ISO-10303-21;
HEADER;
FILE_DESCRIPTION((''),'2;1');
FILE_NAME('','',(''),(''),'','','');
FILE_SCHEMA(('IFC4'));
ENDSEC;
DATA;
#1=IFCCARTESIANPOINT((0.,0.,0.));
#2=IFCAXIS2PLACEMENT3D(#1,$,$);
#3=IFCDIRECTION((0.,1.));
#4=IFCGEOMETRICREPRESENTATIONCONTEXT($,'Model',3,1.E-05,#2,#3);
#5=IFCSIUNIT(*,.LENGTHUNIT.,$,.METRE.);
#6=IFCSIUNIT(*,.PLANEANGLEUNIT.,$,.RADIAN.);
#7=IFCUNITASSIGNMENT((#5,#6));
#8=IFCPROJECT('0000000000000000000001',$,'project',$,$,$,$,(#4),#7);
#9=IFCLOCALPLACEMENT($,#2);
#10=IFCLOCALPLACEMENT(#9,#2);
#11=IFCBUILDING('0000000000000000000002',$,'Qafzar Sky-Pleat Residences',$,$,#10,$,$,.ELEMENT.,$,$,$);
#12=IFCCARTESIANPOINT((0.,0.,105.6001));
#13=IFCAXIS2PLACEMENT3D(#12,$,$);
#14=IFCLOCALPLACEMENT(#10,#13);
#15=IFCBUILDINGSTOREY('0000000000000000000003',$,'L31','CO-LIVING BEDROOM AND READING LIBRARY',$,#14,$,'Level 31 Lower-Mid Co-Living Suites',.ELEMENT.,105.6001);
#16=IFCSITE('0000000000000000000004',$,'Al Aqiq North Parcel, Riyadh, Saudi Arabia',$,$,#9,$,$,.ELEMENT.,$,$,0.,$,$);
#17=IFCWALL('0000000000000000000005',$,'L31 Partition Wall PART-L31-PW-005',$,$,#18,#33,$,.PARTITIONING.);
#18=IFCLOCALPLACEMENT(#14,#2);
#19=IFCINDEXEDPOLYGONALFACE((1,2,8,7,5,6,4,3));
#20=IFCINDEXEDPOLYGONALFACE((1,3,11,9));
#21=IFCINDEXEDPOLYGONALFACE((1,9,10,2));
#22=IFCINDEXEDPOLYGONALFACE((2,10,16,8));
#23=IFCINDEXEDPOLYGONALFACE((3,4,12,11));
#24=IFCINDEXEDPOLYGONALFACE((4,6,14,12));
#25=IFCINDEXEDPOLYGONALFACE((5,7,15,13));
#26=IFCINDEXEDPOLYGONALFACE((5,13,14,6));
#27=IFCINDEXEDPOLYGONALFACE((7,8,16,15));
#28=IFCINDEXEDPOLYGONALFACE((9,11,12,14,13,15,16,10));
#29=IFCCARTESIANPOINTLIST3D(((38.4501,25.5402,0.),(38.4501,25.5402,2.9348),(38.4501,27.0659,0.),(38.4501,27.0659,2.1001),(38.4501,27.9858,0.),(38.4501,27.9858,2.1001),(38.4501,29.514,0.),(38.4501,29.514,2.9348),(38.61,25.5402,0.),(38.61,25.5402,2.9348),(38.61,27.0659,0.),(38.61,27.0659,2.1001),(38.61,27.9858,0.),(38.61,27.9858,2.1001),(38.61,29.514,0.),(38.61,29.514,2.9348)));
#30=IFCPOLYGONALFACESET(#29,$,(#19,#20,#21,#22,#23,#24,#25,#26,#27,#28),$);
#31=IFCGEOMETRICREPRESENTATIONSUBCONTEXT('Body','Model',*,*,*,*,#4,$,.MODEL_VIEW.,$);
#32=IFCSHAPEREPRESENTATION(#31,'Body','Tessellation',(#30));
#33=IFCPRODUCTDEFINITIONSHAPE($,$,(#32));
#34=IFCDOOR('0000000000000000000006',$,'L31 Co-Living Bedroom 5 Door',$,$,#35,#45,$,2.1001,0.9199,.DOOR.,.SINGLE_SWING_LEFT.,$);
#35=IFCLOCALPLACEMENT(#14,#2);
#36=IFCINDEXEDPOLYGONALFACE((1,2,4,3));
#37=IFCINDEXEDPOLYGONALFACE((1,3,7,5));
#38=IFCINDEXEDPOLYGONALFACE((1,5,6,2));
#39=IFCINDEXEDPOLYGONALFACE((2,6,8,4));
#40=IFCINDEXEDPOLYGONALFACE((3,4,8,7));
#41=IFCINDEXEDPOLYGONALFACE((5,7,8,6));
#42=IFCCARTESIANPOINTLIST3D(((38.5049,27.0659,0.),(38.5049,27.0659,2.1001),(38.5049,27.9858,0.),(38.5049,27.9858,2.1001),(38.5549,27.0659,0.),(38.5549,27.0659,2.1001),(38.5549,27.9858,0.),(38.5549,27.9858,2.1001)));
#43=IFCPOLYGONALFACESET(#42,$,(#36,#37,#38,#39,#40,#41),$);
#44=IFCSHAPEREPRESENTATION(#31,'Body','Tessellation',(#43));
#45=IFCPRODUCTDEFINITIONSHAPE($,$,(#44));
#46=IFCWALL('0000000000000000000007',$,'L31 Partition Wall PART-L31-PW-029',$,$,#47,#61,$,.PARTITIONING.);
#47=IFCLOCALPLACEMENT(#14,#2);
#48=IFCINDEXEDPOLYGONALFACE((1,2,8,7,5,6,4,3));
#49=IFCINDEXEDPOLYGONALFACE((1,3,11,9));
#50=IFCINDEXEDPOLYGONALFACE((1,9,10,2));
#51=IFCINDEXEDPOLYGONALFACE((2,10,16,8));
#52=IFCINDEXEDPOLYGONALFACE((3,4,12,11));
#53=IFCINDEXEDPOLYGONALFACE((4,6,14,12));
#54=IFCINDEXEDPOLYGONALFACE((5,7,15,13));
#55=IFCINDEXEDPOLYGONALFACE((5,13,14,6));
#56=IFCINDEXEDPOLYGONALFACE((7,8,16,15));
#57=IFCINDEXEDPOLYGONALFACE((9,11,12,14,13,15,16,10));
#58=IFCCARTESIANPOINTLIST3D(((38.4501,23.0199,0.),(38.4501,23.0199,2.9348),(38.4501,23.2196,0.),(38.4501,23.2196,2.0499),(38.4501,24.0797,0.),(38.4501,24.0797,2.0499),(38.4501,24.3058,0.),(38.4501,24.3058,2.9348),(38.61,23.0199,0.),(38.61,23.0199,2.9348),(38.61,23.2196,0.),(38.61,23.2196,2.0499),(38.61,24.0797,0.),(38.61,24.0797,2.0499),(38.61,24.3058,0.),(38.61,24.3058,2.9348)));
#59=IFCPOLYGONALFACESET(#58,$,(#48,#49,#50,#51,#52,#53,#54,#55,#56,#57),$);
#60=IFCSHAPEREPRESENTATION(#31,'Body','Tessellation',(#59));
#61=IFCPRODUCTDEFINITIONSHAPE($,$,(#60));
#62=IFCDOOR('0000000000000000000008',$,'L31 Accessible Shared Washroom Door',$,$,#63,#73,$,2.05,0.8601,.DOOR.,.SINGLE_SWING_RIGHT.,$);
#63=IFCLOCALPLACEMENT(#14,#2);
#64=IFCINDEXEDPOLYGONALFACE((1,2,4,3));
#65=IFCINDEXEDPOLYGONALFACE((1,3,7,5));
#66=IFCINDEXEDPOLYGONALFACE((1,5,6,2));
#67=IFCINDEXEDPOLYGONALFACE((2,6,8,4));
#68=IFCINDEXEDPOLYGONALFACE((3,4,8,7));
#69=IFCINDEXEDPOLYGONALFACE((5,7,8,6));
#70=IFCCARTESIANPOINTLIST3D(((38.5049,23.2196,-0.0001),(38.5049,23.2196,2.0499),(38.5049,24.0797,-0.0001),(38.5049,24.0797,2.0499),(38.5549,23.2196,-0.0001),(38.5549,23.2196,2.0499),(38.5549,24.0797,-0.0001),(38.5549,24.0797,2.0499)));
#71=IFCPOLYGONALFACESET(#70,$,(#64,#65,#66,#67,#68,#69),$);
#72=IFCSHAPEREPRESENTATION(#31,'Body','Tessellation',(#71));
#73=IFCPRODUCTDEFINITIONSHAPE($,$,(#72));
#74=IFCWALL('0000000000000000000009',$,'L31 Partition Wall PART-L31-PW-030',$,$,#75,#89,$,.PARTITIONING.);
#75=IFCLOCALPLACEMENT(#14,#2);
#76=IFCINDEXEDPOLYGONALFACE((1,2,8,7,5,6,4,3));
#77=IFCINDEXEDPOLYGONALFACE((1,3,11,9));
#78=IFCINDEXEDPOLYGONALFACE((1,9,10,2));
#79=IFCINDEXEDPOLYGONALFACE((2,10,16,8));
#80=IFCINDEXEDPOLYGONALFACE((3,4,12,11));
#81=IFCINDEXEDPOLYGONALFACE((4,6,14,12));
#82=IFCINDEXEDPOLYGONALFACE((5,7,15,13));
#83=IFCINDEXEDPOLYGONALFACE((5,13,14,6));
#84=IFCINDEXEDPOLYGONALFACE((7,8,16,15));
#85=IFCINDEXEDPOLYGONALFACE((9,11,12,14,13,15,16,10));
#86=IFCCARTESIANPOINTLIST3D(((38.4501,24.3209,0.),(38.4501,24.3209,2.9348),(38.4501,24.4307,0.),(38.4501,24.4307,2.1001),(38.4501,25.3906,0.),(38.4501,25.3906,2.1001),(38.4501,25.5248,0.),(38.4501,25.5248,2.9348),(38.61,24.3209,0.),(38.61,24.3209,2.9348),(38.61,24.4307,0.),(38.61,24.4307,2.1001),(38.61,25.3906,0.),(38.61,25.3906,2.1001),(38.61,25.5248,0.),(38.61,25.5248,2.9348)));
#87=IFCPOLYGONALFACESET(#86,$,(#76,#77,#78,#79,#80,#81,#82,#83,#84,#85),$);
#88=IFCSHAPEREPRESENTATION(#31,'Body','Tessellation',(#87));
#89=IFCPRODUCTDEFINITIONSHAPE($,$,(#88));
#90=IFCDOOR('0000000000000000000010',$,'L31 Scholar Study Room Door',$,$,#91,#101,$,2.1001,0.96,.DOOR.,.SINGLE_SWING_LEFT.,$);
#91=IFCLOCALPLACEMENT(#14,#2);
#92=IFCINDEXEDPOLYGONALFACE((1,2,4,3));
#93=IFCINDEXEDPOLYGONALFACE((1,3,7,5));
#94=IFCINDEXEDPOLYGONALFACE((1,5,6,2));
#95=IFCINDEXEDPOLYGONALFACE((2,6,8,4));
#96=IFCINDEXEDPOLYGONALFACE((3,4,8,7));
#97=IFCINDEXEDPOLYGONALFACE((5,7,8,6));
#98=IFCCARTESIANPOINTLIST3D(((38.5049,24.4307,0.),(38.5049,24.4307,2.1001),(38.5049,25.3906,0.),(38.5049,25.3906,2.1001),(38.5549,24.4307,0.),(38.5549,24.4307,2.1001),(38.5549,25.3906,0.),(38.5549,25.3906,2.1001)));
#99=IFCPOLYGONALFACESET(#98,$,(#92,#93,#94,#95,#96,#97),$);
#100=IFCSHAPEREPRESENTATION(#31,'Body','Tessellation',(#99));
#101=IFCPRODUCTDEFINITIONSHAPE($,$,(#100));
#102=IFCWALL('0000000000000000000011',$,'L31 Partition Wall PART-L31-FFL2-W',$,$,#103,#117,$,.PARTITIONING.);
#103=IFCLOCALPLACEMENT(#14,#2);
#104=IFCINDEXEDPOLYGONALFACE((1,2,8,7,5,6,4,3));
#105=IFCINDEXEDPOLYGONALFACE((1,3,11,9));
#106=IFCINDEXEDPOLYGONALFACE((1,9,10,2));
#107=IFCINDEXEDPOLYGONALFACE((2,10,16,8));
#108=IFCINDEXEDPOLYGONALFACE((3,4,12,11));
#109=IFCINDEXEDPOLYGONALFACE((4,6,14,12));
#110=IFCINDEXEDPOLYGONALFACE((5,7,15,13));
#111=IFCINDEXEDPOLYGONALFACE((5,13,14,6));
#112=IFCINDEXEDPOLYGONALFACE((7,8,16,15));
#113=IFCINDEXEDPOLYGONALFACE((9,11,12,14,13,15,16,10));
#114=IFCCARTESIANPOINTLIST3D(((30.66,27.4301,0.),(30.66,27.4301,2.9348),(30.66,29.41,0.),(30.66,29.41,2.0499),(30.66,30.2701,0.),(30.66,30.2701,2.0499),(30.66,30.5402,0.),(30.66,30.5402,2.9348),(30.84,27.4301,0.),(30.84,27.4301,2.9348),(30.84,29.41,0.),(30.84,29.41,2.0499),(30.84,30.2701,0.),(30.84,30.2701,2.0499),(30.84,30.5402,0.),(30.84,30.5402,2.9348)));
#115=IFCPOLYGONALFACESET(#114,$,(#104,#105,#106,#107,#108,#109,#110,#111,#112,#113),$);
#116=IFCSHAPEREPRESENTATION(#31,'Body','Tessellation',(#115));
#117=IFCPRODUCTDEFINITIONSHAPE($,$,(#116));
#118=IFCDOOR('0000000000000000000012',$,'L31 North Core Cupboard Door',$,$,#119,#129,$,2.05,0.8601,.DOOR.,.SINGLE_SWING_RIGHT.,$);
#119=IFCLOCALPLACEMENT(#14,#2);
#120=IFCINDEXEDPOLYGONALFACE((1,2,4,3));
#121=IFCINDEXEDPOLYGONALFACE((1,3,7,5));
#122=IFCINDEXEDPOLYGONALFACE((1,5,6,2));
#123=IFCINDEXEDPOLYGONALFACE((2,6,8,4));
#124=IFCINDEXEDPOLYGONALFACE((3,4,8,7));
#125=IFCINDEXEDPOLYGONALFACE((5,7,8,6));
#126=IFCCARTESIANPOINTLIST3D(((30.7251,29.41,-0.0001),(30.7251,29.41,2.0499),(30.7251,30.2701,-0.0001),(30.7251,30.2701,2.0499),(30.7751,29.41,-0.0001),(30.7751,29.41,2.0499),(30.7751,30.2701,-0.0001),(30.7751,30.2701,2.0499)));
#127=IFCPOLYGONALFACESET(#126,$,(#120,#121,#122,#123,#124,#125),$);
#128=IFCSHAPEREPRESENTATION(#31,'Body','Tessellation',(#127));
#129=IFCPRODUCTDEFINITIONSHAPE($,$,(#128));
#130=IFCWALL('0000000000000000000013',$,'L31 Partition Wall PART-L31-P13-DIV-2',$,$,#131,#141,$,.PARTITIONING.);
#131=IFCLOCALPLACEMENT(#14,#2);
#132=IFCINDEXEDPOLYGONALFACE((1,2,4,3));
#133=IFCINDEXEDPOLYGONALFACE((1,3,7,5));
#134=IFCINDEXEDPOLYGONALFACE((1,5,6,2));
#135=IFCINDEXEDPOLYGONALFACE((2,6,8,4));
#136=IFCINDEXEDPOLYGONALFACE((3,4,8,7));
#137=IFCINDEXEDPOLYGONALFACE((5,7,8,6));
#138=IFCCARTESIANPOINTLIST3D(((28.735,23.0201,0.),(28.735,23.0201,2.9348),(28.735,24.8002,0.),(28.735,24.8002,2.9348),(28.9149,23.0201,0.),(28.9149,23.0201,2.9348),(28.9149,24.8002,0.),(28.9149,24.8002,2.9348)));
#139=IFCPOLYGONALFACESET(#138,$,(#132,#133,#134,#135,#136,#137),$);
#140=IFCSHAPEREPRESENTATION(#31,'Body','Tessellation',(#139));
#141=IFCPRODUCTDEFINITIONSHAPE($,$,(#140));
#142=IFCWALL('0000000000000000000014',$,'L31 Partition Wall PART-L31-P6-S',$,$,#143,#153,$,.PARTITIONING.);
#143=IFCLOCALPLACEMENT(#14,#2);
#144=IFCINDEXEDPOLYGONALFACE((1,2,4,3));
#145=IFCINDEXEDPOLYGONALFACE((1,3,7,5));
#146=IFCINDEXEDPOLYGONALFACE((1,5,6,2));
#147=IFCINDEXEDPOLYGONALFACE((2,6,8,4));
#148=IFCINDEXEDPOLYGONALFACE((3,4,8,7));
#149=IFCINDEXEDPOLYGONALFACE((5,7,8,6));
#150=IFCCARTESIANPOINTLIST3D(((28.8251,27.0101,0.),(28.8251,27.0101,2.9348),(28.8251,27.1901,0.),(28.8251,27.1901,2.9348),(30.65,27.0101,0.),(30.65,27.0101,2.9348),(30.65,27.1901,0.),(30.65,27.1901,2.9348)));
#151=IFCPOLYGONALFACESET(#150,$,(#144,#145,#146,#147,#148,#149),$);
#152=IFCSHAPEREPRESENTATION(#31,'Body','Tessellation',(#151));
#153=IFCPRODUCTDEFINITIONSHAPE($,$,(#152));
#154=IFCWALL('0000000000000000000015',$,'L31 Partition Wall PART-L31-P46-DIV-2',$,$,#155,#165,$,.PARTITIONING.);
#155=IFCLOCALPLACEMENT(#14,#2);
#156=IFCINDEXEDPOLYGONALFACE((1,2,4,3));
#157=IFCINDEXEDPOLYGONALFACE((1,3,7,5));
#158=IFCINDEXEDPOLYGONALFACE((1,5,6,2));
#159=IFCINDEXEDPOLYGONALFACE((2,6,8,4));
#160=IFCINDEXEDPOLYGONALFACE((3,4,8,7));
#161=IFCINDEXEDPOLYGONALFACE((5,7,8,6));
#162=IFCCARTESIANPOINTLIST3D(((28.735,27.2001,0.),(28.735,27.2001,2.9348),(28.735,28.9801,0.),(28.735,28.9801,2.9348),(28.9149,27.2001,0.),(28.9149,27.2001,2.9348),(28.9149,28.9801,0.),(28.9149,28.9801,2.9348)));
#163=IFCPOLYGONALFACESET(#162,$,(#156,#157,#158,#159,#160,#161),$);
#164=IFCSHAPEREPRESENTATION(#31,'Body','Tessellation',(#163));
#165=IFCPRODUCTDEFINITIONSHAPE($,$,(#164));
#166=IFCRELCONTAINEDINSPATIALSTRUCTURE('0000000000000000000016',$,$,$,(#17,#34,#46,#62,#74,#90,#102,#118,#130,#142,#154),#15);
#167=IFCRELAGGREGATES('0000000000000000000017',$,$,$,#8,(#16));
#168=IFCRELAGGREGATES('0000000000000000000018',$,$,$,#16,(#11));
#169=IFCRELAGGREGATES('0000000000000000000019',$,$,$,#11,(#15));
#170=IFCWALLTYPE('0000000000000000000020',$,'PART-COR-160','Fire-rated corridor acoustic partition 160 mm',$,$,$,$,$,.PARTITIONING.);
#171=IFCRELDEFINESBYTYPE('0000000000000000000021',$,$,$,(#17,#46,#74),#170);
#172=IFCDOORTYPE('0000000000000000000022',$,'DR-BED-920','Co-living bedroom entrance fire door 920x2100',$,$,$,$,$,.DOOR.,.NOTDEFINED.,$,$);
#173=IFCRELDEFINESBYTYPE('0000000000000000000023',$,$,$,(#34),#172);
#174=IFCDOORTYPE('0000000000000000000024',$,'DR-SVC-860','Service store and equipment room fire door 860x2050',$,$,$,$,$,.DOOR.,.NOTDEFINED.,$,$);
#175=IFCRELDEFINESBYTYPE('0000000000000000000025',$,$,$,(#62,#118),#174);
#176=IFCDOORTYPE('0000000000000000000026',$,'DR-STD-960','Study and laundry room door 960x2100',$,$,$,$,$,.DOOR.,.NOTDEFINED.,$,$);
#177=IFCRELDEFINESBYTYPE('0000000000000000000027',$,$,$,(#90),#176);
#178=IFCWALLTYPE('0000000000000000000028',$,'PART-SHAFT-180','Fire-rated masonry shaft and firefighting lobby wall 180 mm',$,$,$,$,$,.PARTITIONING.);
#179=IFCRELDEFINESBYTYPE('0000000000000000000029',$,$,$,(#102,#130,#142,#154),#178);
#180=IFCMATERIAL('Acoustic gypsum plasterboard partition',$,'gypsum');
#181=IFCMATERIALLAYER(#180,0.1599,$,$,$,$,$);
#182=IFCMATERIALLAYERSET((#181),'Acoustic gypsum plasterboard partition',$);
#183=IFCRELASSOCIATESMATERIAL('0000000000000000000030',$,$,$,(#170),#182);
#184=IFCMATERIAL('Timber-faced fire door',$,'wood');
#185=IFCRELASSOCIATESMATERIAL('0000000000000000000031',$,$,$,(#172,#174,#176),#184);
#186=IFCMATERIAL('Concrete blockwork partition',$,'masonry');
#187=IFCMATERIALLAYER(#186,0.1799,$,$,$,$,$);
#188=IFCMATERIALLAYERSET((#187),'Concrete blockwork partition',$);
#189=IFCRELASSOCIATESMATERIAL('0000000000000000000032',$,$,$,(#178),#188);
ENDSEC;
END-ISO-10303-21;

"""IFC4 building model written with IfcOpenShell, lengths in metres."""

from ifc_helpers import new_model, si_unit, direction, frame, frame_2d, origin, place, context, subcontext, project, spatial, rectangle, extrude, source, transform, mapped, material, layer, layer_set, type_object, element, fill, save


model = new_model("IFC4")

# Units and contexts
model_context = context("Model", 3, precision=1e-05, world=origin(), true_north=direction((0.0, 1.0)))
body_context = subcontext(model_context, "Body", "Model", "MODEL_VIEW")
ifc_project = project(units=[si_unit("LENGTHUNIT", "METRE"), si_unit("PLANEANGLEUNIT", "RADIAN")], contexts=[model_context])

# Site, building, storey
site_placement = place(None, origin())
site = spatial("IfcSite", under=ifc_project, at=site_placement, Name="Al Aqiq North Parcel, Riyadh, Saudi Arabia", CompositionType="ELEMENT", RefElevation=0.0)
building_placement = place(site_placement, origin())
building = spatial("IfcBuilding", under=site, at=building_placement, Name="Qafzar Sky-Pleat Residences", CompositionType="ELEMENT")
storey_placement = place(building_placement, frame((0.0, 0.0, 105.6001)))
storey = spatial("IfcBuildingStorey", under=building, at=storey_placement, Name="L31", Description="CO-LIVING BEDROOM AND READING LIBRARY", LongName="Level 31 Lower-Mid Co-Living Suites", CompositionType="ELEMENT", Elevation=105.6001)

# Walls, openings, doors
ifc_material_1 = material(Name="Acoustic gypsum plasterboard partition", Category="gypsum")
ifc_layer_1 = layer(ifc_material_1, 0.1599)
ifc_layer_set_1 = layer_set([ifc_layer_1], Name="Acoustic gypsum plasterboard partition")
wall_type_1 = type_object("IfcWallType", Name="PART-COR-160", Description="Fire-rated corridor acoustic partition 160 mm", PredefinedType="PARTITIONING", material=ifc_layer_set_1)
wall_1_placement = place(storey_placement, frame((38.53, 29.5139, 0.0), z_axis=(0.0, 0.0, 1.0), x_axis=(0.0, -1.0, 0.0)))
wall_1 = element("IfcWall", 1, at=wall_1_placement, inside=storey, type_object=wall_type_1, Name="L31 Partition Wall PART-L31-PW-005", PredefinedType="PARTITIONING", context=body_context, shape_type="SweptSolid", body=[
    extrude(rectangle(XDim=3.9739, YDim=0.1599, at=frame_2d((1.9868, 0.0))), origin(), (0.0, 0.0, 1.0), 2.9348),
])
opening_1_placement = place(wall_1_placement, frame((1.5281, 0.0, 0.0)))
opening_1 = element("IfcOpeningElement", 2, at=opening_1_placement, cuts=wall_1, PredefinedType="OPENING", context=body_context, shape_type="SweptSolid", body=[
    extrude(rectangle(XDim=0.9199, YDim=2.1001, at=frame_2d((0.46, 1.05))), frame((0.0, 0.0898, 0.0), z_axis=(0.0, -1.0, 0.0), x_axis=(1.0, 0.0, 0.0)), (0.0, 0.0, 1.0), 0.1799),
])
ifc_material_2 = material(Name="Timber-faced fire door", Category="wood")
door_type_1 = type_object("IfcDoorType", Name="DR-BED-920", Description="Co-living bedroom entrance fire door 920x2100", OperationType="NOTDEFINED", PredefinedType="DOOR", material=ifc_material_2)
shared_shape_1 = source(origin(), body_context, "Body", "SweptSolid", [
    extrude(rectangle(XDim=0.9199, YDim=2.1001, at=frame_2d((0.46, 1.05))), frame((0.0, 0.0249, 0.0), z_axis=(0.0, -1.0, 0.0), x_axis=(1.0, 0.0, 0.0)), (0.0, 0.0, 1.0), 0.05),
])
door_1_placement = place(opening_1_placement, origin())
door_1 = element("IfcDoor", 3, at=door_1_placement, inside=storey, type_object=door_type_1, Name="L31 Co-Living Bedroom 5 Door", OperationType="SINGLE_SWING_LEFT", OverallHeight=2.1001, OverallWidth=0.9199, PredefinedType="DOOR", context=body_context, shape_type="MappedRepresentation", body=[
    mapped(shared_shape_1, transform((0.0, 0.0, 0.0), x_axis=(1.0, 0.0, 0.0), y_axis=(0.0, 1.0, 0.0), z_axis=(0.0, 0.0, 1.0), scale=1.0)),
])
fill(opening_1, door_1)
wall_2_placement = place(storey_placement, frame((38.53, 24.3059, 0.0), z_axis=(0.0, 0.0, 1.0), x_axis=(0.0, -1.0, 0.0)))
wall_2 = element("IfcWall", 4, at=wall_2_placement, inside=storey, type_object=wall_type_1, Name="L31 Partition Wall PART-L31-PW-029", PredefinedType="PARTITIONING", context=body_context, shape_type="SweptSolid", body=[
    extrude(rectangle(XDim=1.2859, YDim=0.1599, at=frame_2d((0.6431, 0.0))), origin(), (0.0, 0.0, 1.0), 2.9348),
])
opening_2_placement = place(wall_2_placement, frame((0.2261, 0.0, 0.0)))
opening_2 = element("IfcOpeningElement", 5, at=opening_2_placement, cuts=wall_2, PredefinedType="OPENING", context=body_context, shape_type="SweptSolid", body=[
    extrude(rectangle(XDim=0.8601, YDim=2.05, at=frame_2d((0.4302, 1.0249))), frame((0.0, 0.0898, 0.0), z_axis=(0.0, -1.0, 0.0), x_axis=(1.0, 0.0, 0.0)), (0.0, 0.0, 1.0), 0.1799),
])
door_type_2 = type_object("IfcDoorType", Name="DR-SVC-860", Description="Service store and equipment room fire door 860x2050", OperationType="NOTDEFINED", PredefinedType="DOOR", material=ifc_material_2)
shared_shape_2 = source(origin(), body_context, "Body", "SweptSolid", [
    extrude(rectangle(XDim=0.8601, YDim=2.05, at=frame_2d((0.4302, 1.0249))), frame((0.0, 0.0249, 0.0), z_axis=(0.0, -1.0, 0.0), x_axis=(1.0, 0.0, 0.0)), (0.0, 0.0, 1.0), 0.05),
])
door_2_placement = place(opening_2_placement, origin())
door_2 = element("IfcDoor", 6, at=door_2_placement, inside=storey, type_object=door_type_2, Name="L31 Accessible Shared Washroom Door", OperationType="SINGLE_SWING_RIGHT", OverallHeight=2.05, OverallWidth=0.8601, PredefinedType="DOOR", context=body_context, shape_type="MappedRepresentation", body=[
    mapped(shared_shape_2, transform((0.0, 0.0, 0.0), x_axis=(1.0, 0.0, 0.0), y_axis=(0.0, 1.0, 0.0), z_axis=(0.0, 0.0, 1.0), scale=1.0)),
])
fill(opening_2, door_2)
wall_3_placement = place(storey_placement, frame((38.53, 25.5249, 0.0), z_axis=(0.0, 0.0, 1.0), x_axis=(0.0, -1.0, 0.0)))
wall_3 = element("IfcWall", 7, at=wall_3_placement, inside=storey, type_object=wall_type_1, Name="L31 Partition Wall PART-L31-PW-030", PredefinedType="PARTITIONING", context=body_context, shape_type="SweptSolid", body=[
    extrude(rectangle(XDim=1.2039, YDim=0.1599, at=frame_2d((0.6021, 0.0))), origin(), (0.0, 0.0, 1.0), 2.9348),
])
opening_3_placement = place(wall_3_placement, frame((0.1343, 0.0, 0.0)))
opening_3 = element("IfcOpeningElement", 8, at=opening_3_placement, cuts=wall_3, PredefinedType="OPENING", context=body_context, shape_type="SweptSolid", body=[
    extrude(rectangle(XDim=0.96, YDim=2.1001, at=frame_2d((0.48, 1.05))), frame((0.0, 0.0898, 0.0), z_axis=(0.0, -1.0, 0.0), x_axis=(1.0, 0.0, 0.0)), (0.0, 0.0, 1.0), 0.1799),
])
door_type_3 = type_object("IfcDoorType", Name="DR-STD-960", Description="Study and laundry room door 960x2100", OperationType="NOTDEFINED", PredefinedType="DOOR", material=ifc_material_2)
shared_shape_3 = source(origin(), body_context, "Body", "SweptSolid", [
    extrude(rectangle(XDim=0.96, YDim=2.1001, at=frame_2d((0.48, 1.05))), frame((0.0, 0.0249, 0.0), z_axis=(0.0, -1.0, 0.0), x_axis=(1.0, 0.0, 0.0)), (0.0, 0.0, 1.0), 0.05),
])
door_3_placement = place(opening_3_placement, origin())
door_3 = element("IfcDoor", 9, at=door_3_placement, inside=storey, type_object=door_type_3, Name="L31 Scholar Study Room Door", OperationType="SINGLE_SWING_LEFT", OverallHeight=2.1001, OverallWidth=0.96, PredefinedType="DOOR", context=body_context, shape_type="MappedRepresentation", body=[
    mapped(shared_shape_3, transform((0.0, 0.0, 0.0), x_axis=(1.0, 0.0, 0.0), y_axis=(0.0, 1.0, 0.0), z_axis=(0.0, 0.0, 1.0), scale=1.0)),
])
fill(opening_3, door_3)
ifc_material_3 = material(Name="Concrete blockwork partition", Category="masonry")
ifc_layer_2 = layer(ifc_material_3, 0.1799)
ifc_layer_set_2 = layer_set([ifc_layer_2], Name="Concrete blockwork partition")
wall_type_2 = type_object("IfcWallType", Name="PART-SHAFT-180", Description="Fire-rated masonry shaft and firefighting lobby wall 180 mm", PredefinedType="PARTITIONING", material=ifc_layer_set_2)
wall_4_placement = place(storey_placement, frame((30.75, 27.4299, 0.0), z_axis=(0.0, 0.0, 1.0), x_axis=(0.0, 1.0, 0.0)))
wall_4 = element("IfcWall", 10, at=wall_4_placement, inside=storey, type_object=wall_type_2, Name="L31 Partition Wall PART-L31-FFL2-W", PredefinedType="PARTITIONING", context=body_context, shape_type="SweptSolid", body=[
    extrude(rectangle(XDim=3.1101, YDim=0.1799, at=frame_2d((1.5552, 0.0))), origin(), (0.0, 0.0, 1.0), 2.9348),
])
opening_4_placement = place(wall_4_placement, frame((1.98, 0.0, 0.0)))
opening_4 = element("IfcOpeningElement", 11, at=opening_4_placement, cuts=wall_4, PredefinedType="OPENING", context=body_context, shape_type="SweptSolid", body=[
    extrude(rectangle(XDim=0.8601, YDim=2.05, at=frame_2d((0.4302, 1.0249))), frame((0.0, 0.1001, 0.0), z_axis=(0.0, -1.0, 0.0), x_axis=(1.0, 0.0, 0.0)), (0.0, 0.0, 1.0), 0.2),
])
door_4_placement = place(opening_4_placement, origin())
door_4 = element("IfcDoor", 12, at=door_4_placement, inside=storey, type_object=door_type_2, Name="L31 North Core Cupboard Door", OperationType="SINGLE_SWING_RIGHT", OverallHeight=2.05, OverallWidth=0.8601, PredefinedType="DOOR", context=body_context, shape_type="MappedRepresentation", body=[
    mapped(shared_shape_2, transform((0.0, 0.0, 0.0), x_axis=(1.0, 0.0, 0.0), y_axis=(0.0, 1.0, 0.0), z_axis=(0.0, 0.0, 1.0), scale=1.0)),
])
fill(opening_4, door_4)

# Walls
wall_5_placement = place(storey_placement, frame((28.825, 23.02, 0.0), z_axis=(0.0, 0.0, 1.0), x_axis=(0.0, 1.0, 0.0)))
element("IfcWall", 13, at=wall_5_placement, inside=storey, type_object=wall_type_2, Name="L31 Partition Wall PART-L31-P13-DIV-2", PredefinedType="PARTITIONING", context=body_context, shape_type="SweptSolid", body=[
    extrude(rectangle(XDim=1.78, YDim=0.1799, at=frame_2d((0.8901, 0.0))), origin(), (0.0, 0.0, 1.0), 2.9348),
])
wall_6_placement = place(storey_placement, frame((28.825, 27.1001, 0.0), z_axis=(0.0, 0.0, 1.0), x_axis=(1.0, 0.0, 0.0)))
element("IfcWall", 14, at=wall_6_placement, inside=storey, type_object=wall_type_2, Name="L31 Partition Wall PART-L31-P6-S", PredefinedType="PARTITIONING", context=body_context, shape_type="SweptSolid", body=[
    extrude(rectangle(XDim=1.825, YDim=0.1799, at=frame_2d((0.9126, 0.0))), origin(), (0.0, 0.0, 1.0), 2.9348),
])
wall_7_placement = place(storey_placement, frame((28.825, 27.2, 0.0), z_axis=(0.0, 0.0, 1.0), x_axis=(0.0, 1.0, 0.0)))
element("IfcWall", 15, at=wall_7_placement, inside=storey, type_object=wall_type_2, Name="L31 Partition Wall PART-L31-P46-DIV-2", PredefinedType="PARTITIONING", context=body_context, shape_type="SweptSolid", body=[
    extrude(rectangle(XDim=1.78, YDim=0.1799, at=frame_2d((0.8901, 0.0))), origin(), (0.0, 0.0, 1.0), 2.9348),
])

save(model, "model.ifc")
